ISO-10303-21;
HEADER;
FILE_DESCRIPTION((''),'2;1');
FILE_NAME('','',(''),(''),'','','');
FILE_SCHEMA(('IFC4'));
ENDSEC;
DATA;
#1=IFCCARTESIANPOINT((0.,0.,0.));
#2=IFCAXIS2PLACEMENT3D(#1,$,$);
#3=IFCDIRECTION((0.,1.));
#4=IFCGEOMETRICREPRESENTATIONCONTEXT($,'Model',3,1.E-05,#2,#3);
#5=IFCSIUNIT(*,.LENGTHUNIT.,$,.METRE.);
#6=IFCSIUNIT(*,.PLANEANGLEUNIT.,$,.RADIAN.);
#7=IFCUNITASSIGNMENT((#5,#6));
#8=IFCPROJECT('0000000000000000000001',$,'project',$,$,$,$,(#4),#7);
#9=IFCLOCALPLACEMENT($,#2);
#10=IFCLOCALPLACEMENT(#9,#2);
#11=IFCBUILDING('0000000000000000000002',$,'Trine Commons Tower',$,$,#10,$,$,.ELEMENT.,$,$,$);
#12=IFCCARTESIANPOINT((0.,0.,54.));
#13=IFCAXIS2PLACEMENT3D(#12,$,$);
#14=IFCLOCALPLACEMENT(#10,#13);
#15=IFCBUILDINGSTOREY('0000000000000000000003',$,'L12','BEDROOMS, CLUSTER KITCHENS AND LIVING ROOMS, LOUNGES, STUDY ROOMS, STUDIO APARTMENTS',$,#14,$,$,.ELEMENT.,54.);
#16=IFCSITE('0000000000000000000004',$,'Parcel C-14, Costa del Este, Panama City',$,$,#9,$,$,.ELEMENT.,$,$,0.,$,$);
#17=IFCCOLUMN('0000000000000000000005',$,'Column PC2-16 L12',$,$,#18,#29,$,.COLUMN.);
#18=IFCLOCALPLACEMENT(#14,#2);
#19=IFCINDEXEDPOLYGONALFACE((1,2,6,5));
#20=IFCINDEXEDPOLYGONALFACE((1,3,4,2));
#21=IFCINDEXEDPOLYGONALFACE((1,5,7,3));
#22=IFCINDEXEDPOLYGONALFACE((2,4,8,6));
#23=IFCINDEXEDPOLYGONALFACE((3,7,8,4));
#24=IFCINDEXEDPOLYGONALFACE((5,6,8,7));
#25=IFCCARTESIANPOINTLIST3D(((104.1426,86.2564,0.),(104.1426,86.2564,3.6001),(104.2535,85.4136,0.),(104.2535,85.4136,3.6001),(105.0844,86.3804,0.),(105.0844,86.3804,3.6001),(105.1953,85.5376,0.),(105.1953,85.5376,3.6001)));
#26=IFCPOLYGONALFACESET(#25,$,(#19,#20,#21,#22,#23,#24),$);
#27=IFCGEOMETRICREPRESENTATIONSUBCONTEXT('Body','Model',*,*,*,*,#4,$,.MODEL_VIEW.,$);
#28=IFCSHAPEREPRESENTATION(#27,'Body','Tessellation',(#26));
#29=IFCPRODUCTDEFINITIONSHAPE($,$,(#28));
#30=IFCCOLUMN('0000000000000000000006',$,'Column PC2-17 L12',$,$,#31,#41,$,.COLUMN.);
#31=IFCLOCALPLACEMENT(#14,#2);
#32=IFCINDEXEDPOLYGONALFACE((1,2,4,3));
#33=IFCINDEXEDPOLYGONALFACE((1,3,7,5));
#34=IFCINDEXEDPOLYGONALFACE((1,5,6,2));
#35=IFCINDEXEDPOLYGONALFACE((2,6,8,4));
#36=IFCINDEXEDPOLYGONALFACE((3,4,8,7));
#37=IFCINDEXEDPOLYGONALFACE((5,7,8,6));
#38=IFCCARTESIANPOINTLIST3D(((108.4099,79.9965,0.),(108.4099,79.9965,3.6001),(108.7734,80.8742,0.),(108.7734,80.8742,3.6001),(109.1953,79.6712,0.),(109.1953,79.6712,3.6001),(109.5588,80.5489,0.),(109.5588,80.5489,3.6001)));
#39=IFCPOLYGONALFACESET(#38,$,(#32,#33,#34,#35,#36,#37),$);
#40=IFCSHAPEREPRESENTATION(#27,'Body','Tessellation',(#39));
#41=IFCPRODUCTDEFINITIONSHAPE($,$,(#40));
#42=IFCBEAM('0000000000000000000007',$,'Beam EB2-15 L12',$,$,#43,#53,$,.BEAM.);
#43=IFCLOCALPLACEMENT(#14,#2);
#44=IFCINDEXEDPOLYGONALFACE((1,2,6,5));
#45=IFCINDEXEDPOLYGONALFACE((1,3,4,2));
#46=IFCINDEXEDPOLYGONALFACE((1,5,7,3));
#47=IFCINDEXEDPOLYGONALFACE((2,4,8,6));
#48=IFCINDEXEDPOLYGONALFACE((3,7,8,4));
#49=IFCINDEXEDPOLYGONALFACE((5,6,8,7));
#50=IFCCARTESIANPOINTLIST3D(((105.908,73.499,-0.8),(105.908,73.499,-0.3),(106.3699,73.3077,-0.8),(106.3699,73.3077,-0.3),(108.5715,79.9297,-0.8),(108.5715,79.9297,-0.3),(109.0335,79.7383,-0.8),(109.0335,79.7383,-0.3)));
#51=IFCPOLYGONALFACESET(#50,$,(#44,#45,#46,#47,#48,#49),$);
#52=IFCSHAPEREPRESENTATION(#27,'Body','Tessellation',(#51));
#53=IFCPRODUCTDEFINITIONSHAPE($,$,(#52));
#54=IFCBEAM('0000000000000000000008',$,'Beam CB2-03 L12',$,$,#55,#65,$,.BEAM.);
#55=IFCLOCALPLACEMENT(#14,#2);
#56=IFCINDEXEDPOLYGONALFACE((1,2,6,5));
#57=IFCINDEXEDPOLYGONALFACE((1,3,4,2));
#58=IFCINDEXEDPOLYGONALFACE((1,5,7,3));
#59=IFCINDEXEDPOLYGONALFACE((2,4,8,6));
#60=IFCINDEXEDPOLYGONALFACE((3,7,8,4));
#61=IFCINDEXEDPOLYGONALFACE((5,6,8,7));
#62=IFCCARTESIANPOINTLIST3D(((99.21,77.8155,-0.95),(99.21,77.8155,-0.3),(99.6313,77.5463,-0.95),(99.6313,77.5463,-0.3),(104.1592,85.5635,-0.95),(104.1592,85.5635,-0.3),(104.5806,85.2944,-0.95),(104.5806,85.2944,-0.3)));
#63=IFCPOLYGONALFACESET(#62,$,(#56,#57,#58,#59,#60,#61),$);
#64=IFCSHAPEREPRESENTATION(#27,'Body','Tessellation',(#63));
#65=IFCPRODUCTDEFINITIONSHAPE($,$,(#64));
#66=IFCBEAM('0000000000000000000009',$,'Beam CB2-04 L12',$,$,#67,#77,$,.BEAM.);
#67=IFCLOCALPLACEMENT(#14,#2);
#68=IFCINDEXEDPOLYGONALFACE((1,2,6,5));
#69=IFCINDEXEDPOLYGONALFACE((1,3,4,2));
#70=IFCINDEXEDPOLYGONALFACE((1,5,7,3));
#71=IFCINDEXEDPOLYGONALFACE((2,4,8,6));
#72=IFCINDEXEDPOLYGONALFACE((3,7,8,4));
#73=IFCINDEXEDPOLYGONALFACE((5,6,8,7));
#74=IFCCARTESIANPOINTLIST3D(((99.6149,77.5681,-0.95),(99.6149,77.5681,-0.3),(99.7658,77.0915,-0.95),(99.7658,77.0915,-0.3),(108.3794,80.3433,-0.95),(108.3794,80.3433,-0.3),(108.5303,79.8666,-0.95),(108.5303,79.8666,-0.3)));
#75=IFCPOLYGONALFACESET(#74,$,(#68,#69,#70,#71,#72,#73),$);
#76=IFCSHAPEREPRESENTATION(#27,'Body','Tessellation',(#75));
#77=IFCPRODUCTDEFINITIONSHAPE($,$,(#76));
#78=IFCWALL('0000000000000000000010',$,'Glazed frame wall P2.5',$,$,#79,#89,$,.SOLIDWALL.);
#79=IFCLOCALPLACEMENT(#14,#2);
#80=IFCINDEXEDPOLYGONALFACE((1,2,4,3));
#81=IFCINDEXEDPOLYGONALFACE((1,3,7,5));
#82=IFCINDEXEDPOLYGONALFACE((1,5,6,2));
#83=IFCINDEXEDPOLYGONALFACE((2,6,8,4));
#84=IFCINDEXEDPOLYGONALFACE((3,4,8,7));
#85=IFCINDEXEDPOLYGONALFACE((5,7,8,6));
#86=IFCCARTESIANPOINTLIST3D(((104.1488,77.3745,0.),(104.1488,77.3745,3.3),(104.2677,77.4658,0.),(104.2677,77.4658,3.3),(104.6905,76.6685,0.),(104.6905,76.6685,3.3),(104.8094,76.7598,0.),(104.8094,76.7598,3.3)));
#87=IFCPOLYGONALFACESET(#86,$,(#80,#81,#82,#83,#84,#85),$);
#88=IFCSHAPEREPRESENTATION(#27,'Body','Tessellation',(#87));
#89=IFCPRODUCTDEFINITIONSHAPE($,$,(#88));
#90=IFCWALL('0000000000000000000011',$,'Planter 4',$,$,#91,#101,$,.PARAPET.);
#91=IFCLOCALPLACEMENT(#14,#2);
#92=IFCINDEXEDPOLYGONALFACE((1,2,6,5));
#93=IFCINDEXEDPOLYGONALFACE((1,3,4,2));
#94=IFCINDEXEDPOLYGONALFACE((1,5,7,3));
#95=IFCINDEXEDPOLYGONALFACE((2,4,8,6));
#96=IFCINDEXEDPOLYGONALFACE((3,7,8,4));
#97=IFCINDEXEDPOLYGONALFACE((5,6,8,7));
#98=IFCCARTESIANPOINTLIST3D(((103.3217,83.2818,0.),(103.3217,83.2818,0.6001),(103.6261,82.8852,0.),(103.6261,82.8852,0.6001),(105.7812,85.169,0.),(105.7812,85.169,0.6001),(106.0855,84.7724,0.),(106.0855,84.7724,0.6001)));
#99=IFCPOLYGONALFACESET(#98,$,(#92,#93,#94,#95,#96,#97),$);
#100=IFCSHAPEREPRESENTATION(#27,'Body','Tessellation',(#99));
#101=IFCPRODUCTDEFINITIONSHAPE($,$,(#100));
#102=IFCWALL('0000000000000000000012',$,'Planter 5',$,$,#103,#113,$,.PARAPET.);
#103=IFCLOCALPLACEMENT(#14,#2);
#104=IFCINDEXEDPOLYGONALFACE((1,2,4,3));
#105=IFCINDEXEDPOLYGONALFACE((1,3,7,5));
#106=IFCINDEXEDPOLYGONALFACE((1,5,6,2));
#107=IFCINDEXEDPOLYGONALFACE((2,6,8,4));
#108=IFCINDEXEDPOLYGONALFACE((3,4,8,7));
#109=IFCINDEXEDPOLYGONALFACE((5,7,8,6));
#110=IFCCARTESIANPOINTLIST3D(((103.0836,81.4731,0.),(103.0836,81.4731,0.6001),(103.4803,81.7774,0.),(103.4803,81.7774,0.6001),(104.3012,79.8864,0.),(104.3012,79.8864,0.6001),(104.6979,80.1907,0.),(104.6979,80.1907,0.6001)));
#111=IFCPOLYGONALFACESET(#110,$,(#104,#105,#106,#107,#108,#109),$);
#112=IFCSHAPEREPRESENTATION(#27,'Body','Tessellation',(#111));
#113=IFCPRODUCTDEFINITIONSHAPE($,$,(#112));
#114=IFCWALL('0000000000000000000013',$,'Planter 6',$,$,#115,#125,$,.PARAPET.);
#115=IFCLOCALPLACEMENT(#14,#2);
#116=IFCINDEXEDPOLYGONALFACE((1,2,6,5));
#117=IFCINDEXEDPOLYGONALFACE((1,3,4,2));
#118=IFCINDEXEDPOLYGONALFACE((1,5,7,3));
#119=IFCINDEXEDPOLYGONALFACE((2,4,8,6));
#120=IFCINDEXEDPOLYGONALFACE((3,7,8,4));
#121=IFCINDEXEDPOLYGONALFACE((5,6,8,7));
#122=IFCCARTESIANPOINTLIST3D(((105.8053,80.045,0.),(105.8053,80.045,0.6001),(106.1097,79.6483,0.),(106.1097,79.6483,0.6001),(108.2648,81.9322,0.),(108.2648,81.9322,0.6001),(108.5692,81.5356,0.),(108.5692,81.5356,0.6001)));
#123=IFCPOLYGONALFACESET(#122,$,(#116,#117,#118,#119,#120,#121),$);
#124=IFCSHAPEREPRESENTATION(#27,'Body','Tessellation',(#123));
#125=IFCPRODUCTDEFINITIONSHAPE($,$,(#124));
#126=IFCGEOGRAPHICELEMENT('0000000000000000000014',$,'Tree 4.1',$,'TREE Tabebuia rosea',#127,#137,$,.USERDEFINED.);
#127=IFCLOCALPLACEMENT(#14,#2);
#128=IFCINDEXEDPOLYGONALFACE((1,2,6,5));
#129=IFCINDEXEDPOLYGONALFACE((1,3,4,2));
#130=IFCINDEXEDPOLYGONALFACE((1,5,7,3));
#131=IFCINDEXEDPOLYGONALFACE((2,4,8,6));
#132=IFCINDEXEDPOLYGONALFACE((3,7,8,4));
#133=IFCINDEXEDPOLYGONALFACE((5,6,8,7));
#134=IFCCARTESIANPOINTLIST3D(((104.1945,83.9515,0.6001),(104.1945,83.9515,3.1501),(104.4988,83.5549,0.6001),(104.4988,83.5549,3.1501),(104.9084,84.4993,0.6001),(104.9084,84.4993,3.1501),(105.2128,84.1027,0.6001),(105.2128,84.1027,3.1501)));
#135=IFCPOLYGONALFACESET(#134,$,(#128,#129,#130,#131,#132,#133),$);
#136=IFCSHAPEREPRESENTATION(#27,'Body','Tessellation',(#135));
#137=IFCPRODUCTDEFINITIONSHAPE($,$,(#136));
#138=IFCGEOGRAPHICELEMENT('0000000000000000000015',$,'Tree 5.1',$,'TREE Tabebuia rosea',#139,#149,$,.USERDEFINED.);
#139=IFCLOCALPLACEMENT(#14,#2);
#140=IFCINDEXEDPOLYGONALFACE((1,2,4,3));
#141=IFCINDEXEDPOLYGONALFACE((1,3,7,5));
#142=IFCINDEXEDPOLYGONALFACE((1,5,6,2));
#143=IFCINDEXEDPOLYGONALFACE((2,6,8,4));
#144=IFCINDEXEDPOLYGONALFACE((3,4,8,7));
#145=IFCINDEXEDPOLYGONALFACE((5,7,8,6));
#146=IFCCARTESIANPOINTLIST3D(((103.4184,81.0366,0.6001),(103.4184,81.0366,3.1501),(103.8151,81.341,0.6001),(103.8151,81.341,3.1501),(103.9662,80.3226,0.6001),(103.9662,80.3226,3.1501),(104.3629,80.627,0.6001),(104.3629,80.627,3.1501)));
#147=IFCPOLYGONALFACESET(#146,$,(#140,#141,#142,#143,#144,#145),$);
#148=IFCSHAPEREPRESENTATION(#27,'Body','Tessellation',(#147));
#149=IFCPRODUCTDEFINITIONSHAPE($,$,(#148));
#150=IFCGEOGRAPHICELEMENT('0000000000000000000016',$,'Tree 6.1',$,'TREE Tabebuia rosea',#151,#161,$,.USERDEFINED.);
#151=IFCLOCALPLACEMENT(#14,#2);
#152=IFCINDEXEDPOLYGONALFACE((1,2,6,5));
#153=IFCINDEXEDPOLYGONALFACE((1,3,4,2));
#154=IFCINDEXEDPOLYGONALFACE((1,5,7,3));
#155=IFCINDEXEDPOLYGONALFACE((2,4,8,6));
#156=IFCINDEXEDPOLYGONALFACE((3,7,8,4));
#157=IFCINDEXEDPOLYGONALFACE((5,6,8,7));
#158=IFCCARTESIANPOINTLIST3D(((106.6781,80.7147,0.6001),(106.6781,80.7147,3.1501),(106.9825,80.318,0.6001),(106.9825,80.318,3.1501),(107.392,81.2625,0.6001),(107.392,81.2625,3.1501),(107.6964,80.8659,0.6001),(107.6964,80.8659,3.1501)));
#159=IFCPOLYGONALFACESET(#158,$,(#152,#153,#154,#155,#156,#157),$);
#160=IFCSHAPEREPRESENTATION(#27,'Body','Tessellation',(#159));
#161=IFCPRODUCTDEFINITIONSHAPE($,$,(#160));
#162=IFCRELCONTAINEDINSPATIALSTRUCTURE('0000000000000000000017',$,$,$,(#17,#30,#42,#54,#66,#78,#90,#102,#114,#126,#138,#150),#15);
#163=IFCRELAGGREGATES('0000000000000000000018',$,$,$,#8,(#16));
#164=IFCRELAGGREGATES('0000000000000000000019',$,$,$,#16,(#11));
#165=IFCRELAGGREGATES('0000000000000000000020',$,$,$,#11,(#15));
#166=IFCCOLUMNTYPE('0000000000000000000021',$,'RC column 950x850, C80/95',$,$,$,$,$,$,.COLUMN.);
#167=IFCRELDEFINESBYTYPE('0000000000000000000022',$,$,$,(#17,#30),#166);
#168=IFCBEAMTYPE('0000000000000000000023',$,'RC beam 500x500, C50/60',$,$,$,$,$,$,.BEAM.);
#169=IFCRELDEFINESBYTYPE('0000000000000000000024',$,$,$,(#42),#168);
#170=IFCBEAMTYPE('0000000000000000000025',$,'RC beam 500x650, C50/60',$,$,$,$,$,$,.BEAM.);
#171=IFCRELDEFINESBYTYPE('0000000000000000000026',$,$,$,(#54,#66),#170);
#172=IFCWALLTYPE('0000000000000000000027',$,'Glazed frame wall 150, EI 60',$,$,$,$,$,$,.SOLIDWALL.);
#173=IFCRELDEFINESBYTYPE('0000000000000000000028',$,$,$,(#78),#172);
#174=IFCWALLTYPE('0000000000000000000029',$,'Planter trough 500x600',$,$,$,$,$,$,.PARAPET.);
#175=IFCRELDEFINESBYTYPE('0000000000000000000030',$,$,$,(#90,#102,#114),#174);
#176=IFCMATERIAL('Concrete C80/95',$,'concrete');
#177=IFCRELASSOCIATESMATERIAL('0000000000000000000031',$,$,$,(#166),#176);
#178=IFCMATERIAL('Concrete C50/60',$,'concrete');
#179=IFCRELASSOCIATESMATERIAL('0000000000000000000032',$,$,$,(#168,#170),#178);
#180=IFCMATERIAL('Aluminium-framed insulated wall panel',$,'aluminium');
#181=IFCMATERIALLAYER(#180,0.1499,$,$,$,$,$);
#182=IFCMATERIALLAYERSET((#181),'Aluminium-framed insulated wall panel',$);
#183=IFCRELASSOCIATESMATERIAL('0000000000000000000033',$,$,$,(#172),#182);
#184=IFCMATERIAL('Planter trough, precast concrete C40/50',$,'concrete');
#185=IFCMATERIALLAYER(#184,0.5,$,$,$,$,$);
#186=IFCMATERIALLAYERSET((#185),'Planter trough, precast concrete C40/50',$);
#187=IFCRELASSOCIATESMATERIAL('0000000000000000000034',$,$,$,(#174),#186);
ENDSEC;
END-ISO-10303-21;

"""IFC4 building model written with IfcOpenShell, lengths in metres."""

from ifc_helpers import new_model, si_unit, direction, frame, frame_2d, origin, origin_2d, place, context, subcontext, project, spatial, polyline, rectangle, outline, extrude, material, layer, layer_set, material_profile, profile_set, type_object, element, save


model = new_model("IFC4")

# Units and contexts
model_context = context("Model", 3, precision=1e-05, world=origin(), true_north=direction((0.0, 1.0)))
body_context = subcontext(model_context, "Body", "Model", "MODEL_VIEW")
ifc_project = project(units=[si_unit("LENGTHUNIT", "METRE"), si_unit("PLANEANGLEUNIT", "RADIAN")], contexts=[model_context])

# Site, building, storey
site_placement = place(None, origin())
site = spatial("IfcSite", under=ifc_project, at=site_placement, Name="Parcel C-14, Costa del Este, Panama City", CompositionType="ELEMENT", RefElevation=0.0)
building_placement = place(site_placement, origin())
building = spatial("IfcBuilding", under=site, at=building_placement, Name="Trine Commons Tower", CompositionType="ELEMENT")
storey_placement = place(building_placement, frame((0.0, 0.0, 54.0)))
storey = spatial("IfcBuildingStorey", under=building, at=storey_placement, Name="L12", Description="BEDROOMS, CLUSTER KITCHENS AND LIVING ROOMS, LOUNGES, STUDY ROOMS, STUDIO APARTMENTS", CompositionType="ELEMENT", Elevation=54.0)

# Columns
ifc_material_1 = material(Name="Concrete C80/95", Category="concrete")
ifc_material_profile_1 = material_profile(ifc_material_1, rectangle(XDim=0.95, YDim=0.8501, at=origin_2d()), Name="RC 950x850")
ifc_profile_set_1 = profile_set([ifc_material_profile_1], Name="Concrete C80/95")
column_type = type_object("IfcColumnType", Name="RC column 950x850, C80/95", PredefinedType="COLUMN", material=ifc_profile_set_1)
for number, where, z_axis, x_axis, name in (
    (1, (104.6689, 85.897, 0.0), (0.0, 0.0, 1.0), (0.991445, 0.130526, 0.0), "Column PC2-16 L12"),
    (2, (108.9844, 80.2727, 0.0), (0.0, 0.0, 1.0), (0.382683, 0.92388, 0.0), "Column PC2-17 L12"),
):
    element("IfcColumn", number, at=place(storey_placement, frame(where, z_axis=z_axis, x_axis=x_axis)), inside=storey, type_object=column_type, Name=name, PredefinedType="COLUMN", context=body_context, shape_type="SweptSolid", body=[
        extrude(rectangle(XDim=0.95, YDim=0.8501, at=origin_2d()), origin(), (0.0, 0.0, 1.0), 3.6001),
    ])

# Beams
ifc_material_2 = material(Name="Concrete C50/60", Category="concrete")
ifc_material_profile_2 = material_profile(ifc_material_2, rectangle(XDim=0.5, YDim=0.5, at=origin_2d()), Name="RC 500x500")
ifc_profile_set_2 = profile_set([ifc_material_profile_2], Name="Concrete C50/60")
beam_type_1 = type_object("IfcBeamType", Name="RC beam 500x500, C50/60", PredefinedType="BEAM", material=ifc_profile_set_2)
beam_1_placement = place(storey_placement, frame((108.8025, 79.834, -0.55), z_axis=(-0.382672, -0.923884, 0.0), x_axis=(0.923884, -0.382672, 0.0)))
element("IfcBeam", 3, at=beam_1_placement, inside=storey, type_object=beam_type_1, Name="Beam EB2-15 L12", PredefinedType="BEAM", context=body_context, shape_type="SweptSolid", body=[
    extrude(rectangle(XDim=0.5, YDim=0.5, at=origin_2d()), origin(), (0.0, 0.0, 1.0), 6.9604),
])
ifc_material_profile_3 = material_profile(ifc_material_2, rectangle(XDim=0.5, YDim=0.6499, at=origin_2d()), Name="RC 500x650")
ifc_profile_set_3 = profile_set([ifc_material_profile_3], Name="Concrete C50/60")
beam_type_2 = type_object("IfcBeamType", Name="RC beam 500x650, C50/60", PredefinedType="BEAM", material=ifc_profile_set_3)
beam_2_placement = place(storey_placement, frame((104.3699, 85.429, -0.625), z_axis=(-0.538318, -0.842742, 0.0), x_axis=(0.842742, -0.538318, 0.0)))
element("IfcBeam", 4, at=beam_2_placement, inside=storey, type_object=beam_type_2, Name="Beam CB2-03 L12", PredefinedType="BEAM", context=body_context, shape_type="SweptSolid", body=[
    extrude(rectangle(XDim=0.5, YDim=0.6499, at=origin_2d()), origin(), (0.0, 0.0, 1.0), 9.1938),
])
beam_3_placement = place(storey_placement, frame((108.4548, 80.105, -0.625), z_axis=(-0.95335, -0.301867, 0.0), x_axis=(0.301867, -0.95335, 0.0)))
element("IfcBeam", 5, at=beam_3_placement, inside=storey, type_object=beam_type_2, Name="Beam CB2-04 L12", PredefinedType="BEAM", context=body_context, shape_type="SweptSolid", body=[
    extrude(rectangle(XDim=0.5, YDim=0.6499, at=origin_2d()), origin(), (0.0, 0.0, 1.0), 9.1934),
])

# Wall
ifc_material_3 = material(Name="Aluminium-framed insulated wall panel", Category="aluminium")
ifc_layer_1 = layer(ifc_material_3, 0.1499)
ifc_layer_set_1 = layer_set([ifc_layer_1], Name="Aluminium-framed insulated wall panel")
wall_type_1 = type_object("IfcWallType", Name="Glazed frame wall 150, EI 60", PredefinedType="SOLIDWALL", material=ifc_layer_set_1)
wall_1_placement = place(storey_placement, frame((104.2083, 77.4202, 0.0), z_axis=(0.0, 0.0, 1.0), x_axis=(0.608754, -0.793359, 0.0)))
element("IfcWall", 6, at=wall_1_placement, inside=storey, type_object=wall_type_1, Name="Glazed frame wall P2.5", PredefinedType="SOLIDWALL", context=body_context, shape_type="SweptSolid", body=[
    extrude(outline(polyline([(0.8899, 0.075), (0.0, 0.075), (0.0, -0.075), (0.8899, -0.075), (0.8899, 0.075)])), origin(), (0.0, 0.0, 1.0), 3.3),
])

# Walls
ifc_material_4 = material(Name="Planter trough, precast concrete C40/50", Category="concrete")
ifc_layer_2 = layer(ifc_material_4, 0.5)
ifc_layer_set_2 = layer_set([ifc_layer_2], Name="Planter trough, precast concrete C40/50")
wall_type_2 = type_object("IfcWallType", Name="Planter trough 500x600", PredefinedType="PARAPET", material=ifc_layer_set_2)
wall_2_placement = place(storey_placement, frame((105.9333, 84.9707, 0.0), z_axis=(0.0, 0.0, 1.0), x_axis=(-0.793355, -0.608759, 0.0)))
element("IfcWall", 7, at=wall_2_placement, inside=storey, type_object=wall_type_2, Name="Planter 4", PredefinedType="PARAPET", context=body_context, shape_type="SweptSolid", body=[
    extrude(rectangle(XDim=3.1001, YDim=0.5, at=frame_2d((1.55, 0.0))), origin(), (0.0, 0.0, 1.0), 0.6001),
])
wall_3_placement = place(storey_placement, frame((103.282, 81.6252, 0.0), z_axis=(0.0, 0.0, 1.0), x_axis=(0.608772, -0.793345, 0.0)))
element("IfcWall", 8, at=wall_3_placement, inside=storey, type_object=wall_type_2, Name="Planter 5", PredefinedType="PARAPET", context=body_context, shape_type="SweptSolid", body=[
    extrude(rectangle(XDim=2.0, YDim=0.5, at=frame_2d((1.0, 0.0))), origin(), (0.0, 0.0, 1.0), 0.6001),
])
wall_4_placement = place(storey_placement, frame((105.9575, 79.8467, 0.0), z_axis=(0.0, 0.0, 1.0), x_axis=(0.793355, 0.608759, 0.0)))
element("IfcWall", 9, at=wall_4_placement, inside=storey, type_object=wall_type_2, Name="Planter 6", PredefinedType="PARAPET", context=body_context, shape_type="SweptSolid", body=[
    extrude(rectangle(XDim=3.1001, YDim=0.5, at=frame_2d((1.55, 0.0))), origin(), (0.0, 0.0, 1.0), 0.6001),
])

# Geographic elements
for number, where, z_axis, x_axis, name in (
    (10, (104.7036, 84.0271, 0.6001), (0.0, 0.0, 1.0), (-0.793359, -0.608755, 0.0), "Tree 4.1"),
    (11, (103.8906, 80.8318, 0.6001), (0.0, 0.0, 1.0), (0.608735, -0.793374, 0.0), "Tree 5.1"),
    (12, (107.1873, 80.7903, 0.6001), (0.0, 0.0, 1.0), (0.793359, 0.608755, 0.0), "Tree 6.1"),
):
    element("IfcGeographicElement", number, at=place(storey_placement, frame(where, z_axis=z_axis, x_axis=x_axis)), inside=storey, Name=name, ObjectType="TREE Tabebuia rosea", PredefinedType="USERDEFINED", context=body_context, shape_type="SweptSolid", body=[
        extrude(rectangle(XDim=0.8999, YDim=0.5, at=origin_2d()), origin(), (0.0, 0.0, 1.0), 2.55),
    ])

save(model, "model.ifc")
